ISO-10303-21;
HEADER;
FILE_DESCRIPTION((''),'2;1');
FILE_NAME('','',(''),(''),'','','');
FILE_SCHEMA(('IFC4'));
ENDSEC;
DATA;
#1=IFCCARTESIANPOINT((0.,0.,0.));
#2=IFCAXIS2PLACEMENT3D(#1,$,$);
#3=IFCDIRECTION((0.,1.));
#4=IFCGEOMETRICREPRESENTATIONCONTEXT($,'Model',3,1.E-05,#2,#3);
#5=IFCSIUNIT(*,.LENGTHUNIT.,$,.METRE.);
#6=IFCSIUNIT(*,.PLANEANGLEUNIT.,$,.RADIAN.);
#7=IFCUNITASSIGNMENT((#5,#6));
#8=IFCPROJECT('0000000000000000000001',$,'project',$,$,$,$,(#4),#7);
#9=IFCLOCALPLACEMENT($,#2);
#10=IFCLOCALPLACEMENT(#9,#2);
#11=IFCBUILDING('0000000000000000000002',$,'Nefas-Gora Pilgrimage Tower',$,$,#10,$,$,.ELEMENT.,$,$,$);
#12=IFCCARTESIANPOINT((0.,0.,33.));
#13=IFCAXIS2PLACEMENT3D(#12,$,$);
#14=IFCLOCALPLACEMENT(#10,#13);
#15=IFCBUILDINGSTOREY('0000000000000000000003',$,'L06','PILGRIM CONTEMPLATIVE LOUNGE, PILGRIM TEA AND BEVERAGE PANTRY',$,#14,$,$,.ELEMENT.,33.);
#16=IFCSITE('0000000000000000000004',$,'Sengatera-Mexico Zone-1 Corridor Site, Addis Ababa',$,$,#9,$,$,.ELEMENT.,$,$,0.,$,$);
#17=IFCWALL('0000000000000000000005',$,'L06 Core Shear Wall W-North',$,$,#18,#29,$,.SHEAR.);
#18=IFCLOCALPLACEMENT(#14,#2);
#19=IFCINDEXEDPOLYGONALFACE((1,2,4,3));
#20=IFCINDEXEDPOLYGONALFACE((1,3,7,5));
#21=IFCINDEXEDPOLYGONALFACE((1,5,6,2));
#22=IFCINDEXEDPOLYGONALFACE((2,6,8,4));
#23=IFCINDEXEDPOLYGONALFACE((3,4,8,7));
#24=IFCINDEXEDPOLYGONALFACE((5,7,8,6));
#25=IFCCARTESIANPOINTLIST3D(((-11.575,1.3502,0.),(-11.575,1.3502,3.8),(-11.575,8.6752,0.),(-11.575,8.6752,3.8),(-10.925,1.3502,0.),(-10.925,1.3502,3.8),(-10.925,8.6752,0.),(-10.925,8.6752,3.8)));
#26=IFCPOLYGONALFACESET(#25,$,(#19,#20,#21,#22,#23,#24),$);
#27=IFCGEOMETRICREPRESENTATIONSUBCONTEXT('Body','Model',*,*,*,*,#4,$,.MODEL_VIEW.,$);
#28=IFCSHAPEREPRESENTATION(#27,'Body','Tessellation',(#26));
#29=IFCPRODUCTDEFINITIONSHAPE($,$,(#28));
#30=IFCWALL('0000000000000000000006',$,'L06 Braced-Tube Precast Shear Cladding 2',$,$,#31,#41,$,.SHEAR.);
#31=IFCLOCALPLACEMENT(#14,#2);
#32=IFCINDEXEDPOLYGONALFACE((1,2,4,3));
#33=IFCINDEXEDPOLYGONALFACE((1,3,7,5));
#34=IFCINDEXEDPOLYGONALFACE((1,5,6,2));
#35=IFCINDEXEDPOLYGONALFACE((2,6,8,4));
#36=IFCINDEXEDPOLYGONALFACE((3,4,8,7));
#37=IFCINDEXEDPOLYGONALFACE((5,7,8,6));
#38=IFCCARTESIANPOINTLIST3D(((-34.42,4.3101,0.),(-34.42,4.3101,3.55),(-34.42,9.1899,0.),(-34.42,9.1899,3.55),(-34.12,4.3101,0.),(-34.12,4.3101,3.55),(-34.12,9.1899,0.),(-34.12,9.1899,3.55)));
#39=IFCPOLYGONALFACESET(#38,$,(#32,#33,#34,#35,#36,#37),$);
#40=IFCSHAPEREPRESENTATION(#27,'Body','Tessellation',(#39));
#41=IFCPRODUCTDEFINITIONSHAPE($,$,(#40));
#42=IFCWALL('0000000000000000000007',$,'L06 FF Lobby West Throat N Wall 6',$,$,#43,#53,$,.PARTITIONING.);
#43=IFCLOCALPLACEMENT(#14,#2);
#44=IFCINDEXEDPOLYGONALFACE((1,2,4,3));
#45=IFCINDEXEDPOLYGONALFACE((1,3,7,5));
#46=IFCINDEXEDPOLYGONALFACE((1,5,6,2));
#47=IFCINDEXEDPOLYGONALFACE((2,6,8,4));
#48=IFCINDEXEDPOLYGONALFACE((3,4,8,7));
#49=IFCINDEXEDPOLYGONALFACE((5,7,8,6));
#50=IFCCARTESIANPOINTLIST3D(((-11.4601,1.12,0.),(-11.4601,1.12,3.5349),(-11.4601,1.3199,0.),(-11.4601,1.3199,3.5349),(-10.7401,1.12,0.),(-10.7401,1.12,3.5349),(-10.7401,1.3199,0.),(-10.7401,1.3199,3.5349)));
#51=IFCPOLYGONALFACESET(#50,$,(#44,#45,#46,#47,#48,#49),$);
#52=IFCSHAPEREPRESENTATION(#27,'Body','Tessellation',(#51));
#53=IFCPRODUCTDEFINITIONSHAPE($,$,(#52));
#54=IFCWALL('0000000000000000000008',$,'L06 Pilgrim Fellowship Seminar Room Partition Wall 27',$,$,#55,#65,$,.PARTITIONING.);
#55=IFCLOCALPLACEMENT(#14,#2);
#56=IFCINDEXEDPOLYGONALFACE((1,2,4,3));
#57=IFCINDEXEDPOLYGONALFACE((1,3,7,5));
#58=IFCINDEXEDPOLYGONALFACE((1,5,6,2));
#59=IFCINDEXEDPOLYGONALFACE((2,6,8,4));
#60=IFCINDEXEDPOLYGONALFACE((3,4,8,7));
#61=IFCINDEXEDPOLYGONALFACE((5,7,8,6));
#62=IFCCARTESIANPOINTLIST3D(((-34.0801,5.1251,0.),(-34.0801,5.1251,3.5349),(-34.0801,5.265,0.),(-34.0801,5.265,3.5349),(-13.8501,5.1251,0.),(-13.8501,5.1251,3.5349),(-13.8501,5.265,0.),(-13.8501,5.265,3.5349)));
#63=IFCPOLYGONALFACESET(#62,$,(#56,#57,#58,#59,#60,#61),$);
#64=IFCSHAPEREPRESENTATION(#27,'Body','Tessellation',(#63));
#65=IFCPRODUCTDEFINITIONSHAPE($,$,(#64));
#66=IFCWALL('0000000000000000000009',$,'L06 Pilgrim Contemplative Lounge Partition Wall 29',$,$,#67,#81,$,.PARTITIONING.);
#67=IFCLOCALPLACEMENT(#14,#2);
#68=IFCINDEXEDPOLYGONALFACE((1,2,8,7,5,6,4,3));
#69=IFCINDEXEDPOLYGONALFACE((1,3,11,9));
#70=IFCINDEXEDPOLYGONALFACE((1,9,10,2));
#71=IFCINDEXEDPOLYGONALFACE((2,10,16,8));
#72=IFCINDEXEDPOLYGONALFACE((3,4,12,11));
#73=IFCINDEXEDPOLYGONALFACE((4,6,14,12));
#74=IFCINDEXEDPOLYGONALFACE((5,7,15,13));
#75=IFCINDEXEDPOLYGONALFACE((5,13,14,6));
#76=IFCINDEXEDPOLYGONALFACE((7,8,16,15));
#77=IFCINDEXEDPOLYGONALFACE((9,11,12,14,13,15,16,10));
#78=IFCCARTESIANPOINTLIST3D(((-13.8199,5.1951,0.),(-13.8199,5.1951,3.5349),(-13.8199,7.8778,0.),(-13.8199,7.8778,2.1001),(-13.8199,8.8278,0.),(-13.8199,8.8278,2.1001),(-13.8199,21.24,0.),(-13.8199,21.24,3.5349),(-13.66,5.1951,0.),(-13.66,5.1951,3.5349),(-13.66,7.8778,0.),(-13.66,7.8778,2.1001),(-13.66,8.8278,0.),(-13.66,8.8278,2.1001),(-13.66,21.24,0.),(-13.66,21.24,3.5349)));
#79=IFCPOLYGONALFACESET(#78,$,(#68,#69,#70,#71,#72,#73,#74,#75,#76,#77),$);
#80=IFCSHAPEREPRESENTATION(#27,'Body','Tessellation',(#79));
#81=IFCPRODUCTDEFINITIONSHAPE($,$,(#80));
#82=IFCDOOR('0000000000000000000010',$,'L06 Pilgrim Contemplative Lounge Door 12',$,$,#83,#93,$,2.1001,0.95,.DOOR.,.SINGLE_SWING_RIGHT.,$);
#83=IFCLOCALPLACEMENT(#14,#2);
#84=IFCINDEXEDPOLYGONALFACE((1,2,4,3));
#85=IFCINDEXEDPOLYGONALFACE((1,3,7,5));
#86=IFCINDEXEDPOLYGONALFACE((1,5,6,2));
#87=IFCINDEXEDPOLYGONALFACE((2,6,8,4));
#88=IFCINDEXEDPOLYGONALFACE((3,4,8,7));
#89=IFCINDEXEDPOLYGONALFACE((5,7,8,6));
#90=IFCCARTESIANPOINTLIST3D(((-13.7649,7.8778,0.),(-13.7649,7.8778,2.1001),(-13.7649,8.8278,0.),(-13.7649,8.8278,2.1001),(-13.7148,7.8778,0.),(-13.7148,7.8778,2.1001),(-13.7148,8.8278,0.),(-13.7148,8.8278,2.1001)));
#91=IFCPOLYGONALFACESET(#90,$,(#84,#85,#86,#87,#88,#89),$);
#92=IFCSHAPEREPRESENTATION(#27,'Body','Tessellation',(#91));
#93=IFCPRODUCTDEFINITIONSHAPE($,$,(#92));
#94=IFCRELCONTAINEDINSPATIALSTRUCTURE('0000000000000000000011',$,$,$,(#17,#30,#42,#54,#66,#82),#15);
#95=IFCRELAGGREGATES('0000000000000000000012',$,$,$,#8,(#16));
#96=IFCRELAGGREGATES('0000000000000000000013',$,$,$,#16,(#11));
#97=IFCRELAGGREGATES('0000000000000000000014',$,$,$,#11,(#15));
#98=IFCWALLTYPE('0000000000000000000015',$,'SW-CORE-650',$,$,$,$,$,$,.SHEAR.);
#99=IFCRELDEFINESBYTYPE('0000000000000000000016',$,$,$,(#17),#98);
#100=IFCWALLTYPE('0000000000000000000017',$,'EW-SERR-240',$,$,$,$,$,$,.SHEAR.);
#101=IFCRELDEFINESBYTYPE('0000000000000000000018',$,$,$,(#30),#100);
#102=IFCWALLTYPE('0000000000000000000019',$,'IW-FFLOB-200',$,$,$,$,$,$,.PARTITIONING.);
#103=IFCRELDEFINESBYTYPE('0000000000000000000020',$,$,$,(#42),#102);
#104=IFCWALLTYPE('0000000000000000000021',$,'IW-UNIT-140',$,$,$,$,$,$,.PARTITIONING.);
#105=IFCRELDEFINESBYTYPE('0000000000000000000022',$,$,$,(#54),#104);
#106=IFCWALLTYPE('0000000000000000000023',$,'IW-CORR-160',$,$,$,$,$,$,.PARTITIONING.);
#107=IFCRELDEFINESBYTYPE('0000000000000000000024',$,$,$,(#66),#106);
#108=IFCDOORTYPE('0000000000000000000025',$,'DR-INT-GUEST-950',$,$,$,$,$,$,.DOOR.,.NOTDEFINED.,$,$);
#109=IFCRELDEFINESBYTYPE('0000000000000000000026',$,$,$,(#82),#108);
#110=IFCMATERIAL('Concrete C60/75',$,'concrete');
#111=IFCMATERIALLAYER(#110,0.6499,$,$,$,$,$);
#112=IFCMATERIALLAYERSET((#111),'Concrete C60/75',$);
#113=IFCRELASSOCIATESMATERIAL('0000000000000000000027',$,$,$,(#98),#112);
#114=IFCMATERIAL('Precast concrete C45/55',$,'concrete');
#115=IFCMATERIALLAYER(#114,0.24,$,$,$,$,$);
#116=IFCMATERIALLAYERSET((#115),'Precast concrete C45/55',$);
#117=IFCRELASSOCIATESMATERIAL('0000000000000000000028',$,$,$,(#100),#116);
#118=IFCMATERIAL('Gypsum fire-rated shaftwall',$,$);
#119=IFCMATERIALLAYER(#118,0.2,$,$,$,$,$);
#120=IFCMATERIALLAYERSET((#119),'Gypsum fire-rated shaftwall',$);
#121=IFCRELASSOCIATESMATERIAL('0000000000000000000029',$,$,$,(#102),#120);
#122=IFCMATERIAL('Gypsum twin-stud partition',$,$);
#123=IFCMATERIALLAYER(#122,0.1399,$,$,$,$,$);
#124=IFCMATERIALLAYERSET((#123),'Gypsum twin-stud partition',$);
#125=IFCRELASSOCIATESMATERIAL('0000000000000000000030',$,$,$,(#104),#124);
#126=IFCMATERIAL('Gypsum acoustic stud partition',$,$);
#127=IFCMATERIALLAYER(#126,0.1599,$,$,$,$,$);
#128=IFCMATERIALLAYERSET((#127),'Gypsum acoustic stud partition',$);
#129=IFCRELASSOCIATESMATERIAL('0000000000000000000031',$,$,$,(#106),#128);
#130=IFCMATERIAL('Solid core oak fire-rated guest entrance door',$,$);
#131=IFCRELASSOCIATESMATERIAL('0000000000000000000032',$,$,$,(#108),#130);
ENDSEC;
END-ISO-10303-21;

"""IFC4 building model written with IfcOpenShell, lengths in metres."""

from ifc_helpers import new_model, si_unit, direction, frame, frame_2d, origin, place, context, subcontext, project, spatial, rectangle, extrude, source, transform, mapped, material, layer, layer_set, type_object, element, fill, save


model = new_model("IFC4")

# Units and contexts
model_context = context("Model", 3, precision=1e-05, world=origin(), true_north=direction((0.0, 1.0)))
body_context = subcontext(model_context, "Body", "Model", "MODEL_VIEW")
ifc_project = project(units=[si_unit("LENGTHUNIT", "METRE"), si_unit("PLANEANGLEUNIT", "RADIAN")], contexts=[model_context])

# Site, building, storey
site_placement = place(None, origin())
site = spatial("IfcSite", under=ifc_project, at=site_placement, Name="Sengatera-Mexico Zone-1 Corridor Site, Addis Ababa", CompositionType="ELEMENT", RefElevation=0.0)
building_placement = place(site_placement, origin())
building = spatial("IfcBuilding", under=site, at=building_placement, Name="Nefas-Gora Pilgrimage Tower", CompositionType="ELEMENT")
storey_placement = place(building_placement, frame((0.0, 0.0, 33.0)))
storey = spatial("IfcBuildingStorey", under=building, at=storey_placement, Name="L06", Description="PILGRIM CONTEMPLATIVE LOUNGE, PILGRIM TEA AND BEVERAGE PANTRY", CompositionType="ELEMENT", Elevation=33.0)

# Walls
ifc_material_1 = material(Name="Concrete C60/75", Category="concrete")
ifc_layer_1 = layer(ifc_material_1, 0.6499)
ifc_layer_set_1 = layer_set([ifc_layer_1], Name="Concrete C60/75")
wall_type_1 = type_object("IfcWallType", Name="SW-CORE-650", PredefinedType="SHEAR", material=ifc_layer_set_1)
shared_shape_1 = source(origin(), body_context, "Body", "SweptSolid", [
    extrude(rectangle(XDim=7.325, YDim=0.6499, at=frame_2d((3.6626, 0.0))), origin(), (0.0, 0.0, 1.0), 3.8),
])
wall_1_placement = place(storey_placement, frame((-11.25, 1.3501, 0.0), z_axis=(0.0, 0.0, 1.0), x_axis=(0.0, 1.0, 0.0)))
element("IfcWall", 1, at=wall_1_placement, inside=storey, type_object=wall_type_1, Name="L06 Core Shear Wall W-North", PredefinedType="SHEAR", context=body_context, shape_type="MappedRepresentation", body=[
    mapped(shared_shape_1, transform((0.0, 0.0, 0.0), x_axis=(1.0, 0.0, 0.0), y_axis=(0.0, 1.0, 0.0), z_axis=(0.0, 0.0, 1.0), scale=1.0)),
])
ifc_material_2 = material(Name="Precast concrete C45/55", Category="concrete")
ifc_layer_2 = layer(ifc_material_2, 0.24)
ifc_layer_set_2 = layer_set([ifc_layer_2], Name="Precast concrete C45/55")
wall_type_2 = type_object("IfcWallType", Name="EW-SERR-240", PredefinedType="SHEAR", material=ifc_layer_set_2)
shared_shape_2 = source(origin(), body_context, "Body", "SweptSolid", [
    extrude(rectangle(XDim=4.8799, YDim=0.3, at=frame_2d((2.4399, 0.0))), origin(), (0.0, 0.0, 1.0), 3.55),
])
wall_2_placement = place(storey_placement, frame((-34.27, 4.3101, 0.0), z_axis=(0.0, 0.0, 1.0), x_axis=(0.0, 1.0, 0.0)))
element("IfcWall", 2, at=wall_2_placement, inside=storey, type_object=wall_type_2, Name="L06 Braced-Tube Precast Shear Cladding 2", PredefinedType="SHEAR", context=body_context, shape_type="MappedRepresentation", body=[
    mapped(shared_shape_2, transform((0.0, 0.0, 0.0), x_axis=(1.0, 0.0, 0.0), y_axis=(0.0, 1.0, 0.0), z_axis=(0.0, 0.0, 1.0), scale=1.0)),
])
ifc_material_3 = material(Name="Gypsum fire-rated shaftwall")
ifc_layer_3 = layer(ifc_material_3, 0.2)
ifc_layer_set_3 = layer_set([ifc_layer_3], Name="Gypsum fire-rated shaftwall")
wall_type_3 = type_object("IfcWallType", Name="IW-FFLOB-200", PredefinedType="PARTITIONING", material=ifc_layer_set_3)
shared_shape_3 = source(origin(), body_context, "Body", "SweptSolid", [
    extrude(rectangle(XDim=0.72, YDim=0.2, at=frame_2d((0.3599, 0.0))), origin(), (0.0, 0.0, 1.0), 3.5349),
])
wall_3_placement = place(storey_placement, frame((-11.46, 1.22, 0.0), z_axis=(0.0, 0.0, 1.0), x_axis=(1.0, 0.0, 0.0)))
element("IfcWall", 3, at=wall_3_placement, inside=storey, type_object=wall_type_3, Name="L06 FF Lobby West Throat N Wall 6", PredefinedType="PARTITIONING", context=body_context, shape_type="MappedRepresentation", body=[
    mapped(shared_shape_3, transform((0.0, 0.0, 0.0), x_axis=(1.0, 0.0, 0.0), y_axis=(0.0, 1.0, 0.0), z_axis=(0.0, 0.0, 1.0), scale=1.0)),
])
ifc_material_4 = material(Name="Gypsum twin-stud partition")
ifc_layer_4 = layer(ifc_material_4, 0.1399)
ifc_layer_set_4 = layer_set([ifc_layer_4], Name="Gypsum twin-stud partition")
wall_type_4 = type_object("IfcWallType", Name="IW-UNIT-140", PredefinedType="PARTITIONING", material=ifc_layer_set_4)
shared_shape_4 = source(origin(), body_context, "Body", "SweptSolid", [
    extrude(rectangle(XDim=20.23, YDim=0.1399, at=frame_2d((10.115, 0.0))), origin(), (0.0, 0.0, 1.0), 3.5349),
])
wall_4_placement = place(storey_placement, frame((-34.0801, 5.1951, 0.0), z_axis=(0.0, 0.0, 1.0), x_axis=(1.0, 0.0, 0.0)))
element("IfcWall", 4, at=wall_4_placement, inside=storey, type_object=wall_type_4, Name="L06 Pilgrim Fellowship Seminar Room Partition Wall 27", PredefinedType="PARTITIONING", context=body_context, shape_type="MappedRepresentation", body=[
    mapped(shared_shape_4, transform((0.0, 0.0, 0.0), x_axis=(1.0, 0.0, 0.0), y_axis=(0.0, 1.0, 0.0), z_axis=(0.0, 0.0, 1.0), scale=1.0)),
])

# Wall, opening, door
ifc_material_5 = material(Name="Gypsum acoustic stud partition")
ifc_layer_5 = layer(ifc_material_5, 0.1599)
ifc_layer_set_5 = layer_set([ifc_layer_5], Name="Gypsum acoustic stud partition")
wall_type_5 = type_object("IfcWallType", Name="IW-CORR-160", PredefinedType="PARTITIONING", material=ifc_layer_set_5)
shared_shape_5 = source(origin(), body_context, "Body", "SweptSolid", [
    extrude(rectangle(XDim=16.0449, YDim=0.1599, at=frame_2d((8.0225, 0.0))), origin(), (0.0, 0.0, 1.0), 3.5349),
])
wall_5_placement = place(storey_placement, frame((-13.74, 5.1951, 0.0), z_axis=(0.0, 0.0, 1.0), x_axis=(0.0, 1.0, 0.0)))
wall_5 = element("IfcWall", 5, at=wall_5_placement, inside=storey, type_object=wall_type_5, Name="L06 Pilgrim Contemplative Lounge Partition Wall 29", PredefinedType="PARTITIONING", context=body_context, shape_type="MappedRepresentation", body=[
    mapped(shared_shape_5, transform((0.0, 0.0, 0.0), x_axis=(1.0, 0.0, 0.0), y_axis=(0.0, 1.0, 0.0), z_axis=(0.0, 0.0, 1.0), scale=1.0)),
])
opening_placement = place(wall_5_placement, frame((2.6826, 0.0, 0.0)))
opening = element("IfcOpeningElement", 6, at=opening_placement, cuts=wall_5, PredefinedType="OPENING", context=body_context, shape_type="SweptSolid", body=[
    extrude(rectangle(XDim=0.95, YDim=2.1001, at=frame_2d((0.4751, 1.05))), frame((0.0, 0.0898, 0.0), z_axis=(0.0, -1.0, 0.0), x_axis=(1.0, 0.0, 0.0)), (0.0, 0.0, 1.0), 0.1799),
])
ifc_material_6 = material(Name="Solid core oak fire-rated guest entrance door")
door_type = type_object("IfcDoorType", Name="DR-INT-GUEST-950", OperationType="NOTDEFINED", PredefinedType="DOOR", material=ifc_material_6)
shared_shape_6 = source(origin(), body_context, "Body", "SweptSolid", [
    extrude(rectangle(XDim=0.95, YDim=2.1001, at=frame_2d((0.4751, 1.05))), frame((0.0, 0.0249, 0.0), z_axis=(0.0, -1.0, 0.0), x_axis=(1.0, 0.0, 0.0)), (0.0, 0.0, 1.0), 0.05),
])
door_placement = place(opening_placement, origin())
door = element("IfcDoor", 7, at=door_placement, inside=storey, type_object=door_type, Name="L06 Pilgrim Contemplative Lounge Door 12", OperationType="SINGLE_SWING_RIGHT", OverallHeight=2.1001, OverallWidth=0.95, PredefinedType="DOOR", context=body_context, shape_type="MappedRepresentation", body=[
    mapped(shared_shape_6, transform((0.0, 0.0, 0.0), x_axis=(1.0, 0.0, 0.0), y_axis=(0.0, 1.0, 0.0), z_axis=(0.0, 0.0, 1.0), scale=1.0)),
])
fill(opening, door)

save(model, "model.ifc")
